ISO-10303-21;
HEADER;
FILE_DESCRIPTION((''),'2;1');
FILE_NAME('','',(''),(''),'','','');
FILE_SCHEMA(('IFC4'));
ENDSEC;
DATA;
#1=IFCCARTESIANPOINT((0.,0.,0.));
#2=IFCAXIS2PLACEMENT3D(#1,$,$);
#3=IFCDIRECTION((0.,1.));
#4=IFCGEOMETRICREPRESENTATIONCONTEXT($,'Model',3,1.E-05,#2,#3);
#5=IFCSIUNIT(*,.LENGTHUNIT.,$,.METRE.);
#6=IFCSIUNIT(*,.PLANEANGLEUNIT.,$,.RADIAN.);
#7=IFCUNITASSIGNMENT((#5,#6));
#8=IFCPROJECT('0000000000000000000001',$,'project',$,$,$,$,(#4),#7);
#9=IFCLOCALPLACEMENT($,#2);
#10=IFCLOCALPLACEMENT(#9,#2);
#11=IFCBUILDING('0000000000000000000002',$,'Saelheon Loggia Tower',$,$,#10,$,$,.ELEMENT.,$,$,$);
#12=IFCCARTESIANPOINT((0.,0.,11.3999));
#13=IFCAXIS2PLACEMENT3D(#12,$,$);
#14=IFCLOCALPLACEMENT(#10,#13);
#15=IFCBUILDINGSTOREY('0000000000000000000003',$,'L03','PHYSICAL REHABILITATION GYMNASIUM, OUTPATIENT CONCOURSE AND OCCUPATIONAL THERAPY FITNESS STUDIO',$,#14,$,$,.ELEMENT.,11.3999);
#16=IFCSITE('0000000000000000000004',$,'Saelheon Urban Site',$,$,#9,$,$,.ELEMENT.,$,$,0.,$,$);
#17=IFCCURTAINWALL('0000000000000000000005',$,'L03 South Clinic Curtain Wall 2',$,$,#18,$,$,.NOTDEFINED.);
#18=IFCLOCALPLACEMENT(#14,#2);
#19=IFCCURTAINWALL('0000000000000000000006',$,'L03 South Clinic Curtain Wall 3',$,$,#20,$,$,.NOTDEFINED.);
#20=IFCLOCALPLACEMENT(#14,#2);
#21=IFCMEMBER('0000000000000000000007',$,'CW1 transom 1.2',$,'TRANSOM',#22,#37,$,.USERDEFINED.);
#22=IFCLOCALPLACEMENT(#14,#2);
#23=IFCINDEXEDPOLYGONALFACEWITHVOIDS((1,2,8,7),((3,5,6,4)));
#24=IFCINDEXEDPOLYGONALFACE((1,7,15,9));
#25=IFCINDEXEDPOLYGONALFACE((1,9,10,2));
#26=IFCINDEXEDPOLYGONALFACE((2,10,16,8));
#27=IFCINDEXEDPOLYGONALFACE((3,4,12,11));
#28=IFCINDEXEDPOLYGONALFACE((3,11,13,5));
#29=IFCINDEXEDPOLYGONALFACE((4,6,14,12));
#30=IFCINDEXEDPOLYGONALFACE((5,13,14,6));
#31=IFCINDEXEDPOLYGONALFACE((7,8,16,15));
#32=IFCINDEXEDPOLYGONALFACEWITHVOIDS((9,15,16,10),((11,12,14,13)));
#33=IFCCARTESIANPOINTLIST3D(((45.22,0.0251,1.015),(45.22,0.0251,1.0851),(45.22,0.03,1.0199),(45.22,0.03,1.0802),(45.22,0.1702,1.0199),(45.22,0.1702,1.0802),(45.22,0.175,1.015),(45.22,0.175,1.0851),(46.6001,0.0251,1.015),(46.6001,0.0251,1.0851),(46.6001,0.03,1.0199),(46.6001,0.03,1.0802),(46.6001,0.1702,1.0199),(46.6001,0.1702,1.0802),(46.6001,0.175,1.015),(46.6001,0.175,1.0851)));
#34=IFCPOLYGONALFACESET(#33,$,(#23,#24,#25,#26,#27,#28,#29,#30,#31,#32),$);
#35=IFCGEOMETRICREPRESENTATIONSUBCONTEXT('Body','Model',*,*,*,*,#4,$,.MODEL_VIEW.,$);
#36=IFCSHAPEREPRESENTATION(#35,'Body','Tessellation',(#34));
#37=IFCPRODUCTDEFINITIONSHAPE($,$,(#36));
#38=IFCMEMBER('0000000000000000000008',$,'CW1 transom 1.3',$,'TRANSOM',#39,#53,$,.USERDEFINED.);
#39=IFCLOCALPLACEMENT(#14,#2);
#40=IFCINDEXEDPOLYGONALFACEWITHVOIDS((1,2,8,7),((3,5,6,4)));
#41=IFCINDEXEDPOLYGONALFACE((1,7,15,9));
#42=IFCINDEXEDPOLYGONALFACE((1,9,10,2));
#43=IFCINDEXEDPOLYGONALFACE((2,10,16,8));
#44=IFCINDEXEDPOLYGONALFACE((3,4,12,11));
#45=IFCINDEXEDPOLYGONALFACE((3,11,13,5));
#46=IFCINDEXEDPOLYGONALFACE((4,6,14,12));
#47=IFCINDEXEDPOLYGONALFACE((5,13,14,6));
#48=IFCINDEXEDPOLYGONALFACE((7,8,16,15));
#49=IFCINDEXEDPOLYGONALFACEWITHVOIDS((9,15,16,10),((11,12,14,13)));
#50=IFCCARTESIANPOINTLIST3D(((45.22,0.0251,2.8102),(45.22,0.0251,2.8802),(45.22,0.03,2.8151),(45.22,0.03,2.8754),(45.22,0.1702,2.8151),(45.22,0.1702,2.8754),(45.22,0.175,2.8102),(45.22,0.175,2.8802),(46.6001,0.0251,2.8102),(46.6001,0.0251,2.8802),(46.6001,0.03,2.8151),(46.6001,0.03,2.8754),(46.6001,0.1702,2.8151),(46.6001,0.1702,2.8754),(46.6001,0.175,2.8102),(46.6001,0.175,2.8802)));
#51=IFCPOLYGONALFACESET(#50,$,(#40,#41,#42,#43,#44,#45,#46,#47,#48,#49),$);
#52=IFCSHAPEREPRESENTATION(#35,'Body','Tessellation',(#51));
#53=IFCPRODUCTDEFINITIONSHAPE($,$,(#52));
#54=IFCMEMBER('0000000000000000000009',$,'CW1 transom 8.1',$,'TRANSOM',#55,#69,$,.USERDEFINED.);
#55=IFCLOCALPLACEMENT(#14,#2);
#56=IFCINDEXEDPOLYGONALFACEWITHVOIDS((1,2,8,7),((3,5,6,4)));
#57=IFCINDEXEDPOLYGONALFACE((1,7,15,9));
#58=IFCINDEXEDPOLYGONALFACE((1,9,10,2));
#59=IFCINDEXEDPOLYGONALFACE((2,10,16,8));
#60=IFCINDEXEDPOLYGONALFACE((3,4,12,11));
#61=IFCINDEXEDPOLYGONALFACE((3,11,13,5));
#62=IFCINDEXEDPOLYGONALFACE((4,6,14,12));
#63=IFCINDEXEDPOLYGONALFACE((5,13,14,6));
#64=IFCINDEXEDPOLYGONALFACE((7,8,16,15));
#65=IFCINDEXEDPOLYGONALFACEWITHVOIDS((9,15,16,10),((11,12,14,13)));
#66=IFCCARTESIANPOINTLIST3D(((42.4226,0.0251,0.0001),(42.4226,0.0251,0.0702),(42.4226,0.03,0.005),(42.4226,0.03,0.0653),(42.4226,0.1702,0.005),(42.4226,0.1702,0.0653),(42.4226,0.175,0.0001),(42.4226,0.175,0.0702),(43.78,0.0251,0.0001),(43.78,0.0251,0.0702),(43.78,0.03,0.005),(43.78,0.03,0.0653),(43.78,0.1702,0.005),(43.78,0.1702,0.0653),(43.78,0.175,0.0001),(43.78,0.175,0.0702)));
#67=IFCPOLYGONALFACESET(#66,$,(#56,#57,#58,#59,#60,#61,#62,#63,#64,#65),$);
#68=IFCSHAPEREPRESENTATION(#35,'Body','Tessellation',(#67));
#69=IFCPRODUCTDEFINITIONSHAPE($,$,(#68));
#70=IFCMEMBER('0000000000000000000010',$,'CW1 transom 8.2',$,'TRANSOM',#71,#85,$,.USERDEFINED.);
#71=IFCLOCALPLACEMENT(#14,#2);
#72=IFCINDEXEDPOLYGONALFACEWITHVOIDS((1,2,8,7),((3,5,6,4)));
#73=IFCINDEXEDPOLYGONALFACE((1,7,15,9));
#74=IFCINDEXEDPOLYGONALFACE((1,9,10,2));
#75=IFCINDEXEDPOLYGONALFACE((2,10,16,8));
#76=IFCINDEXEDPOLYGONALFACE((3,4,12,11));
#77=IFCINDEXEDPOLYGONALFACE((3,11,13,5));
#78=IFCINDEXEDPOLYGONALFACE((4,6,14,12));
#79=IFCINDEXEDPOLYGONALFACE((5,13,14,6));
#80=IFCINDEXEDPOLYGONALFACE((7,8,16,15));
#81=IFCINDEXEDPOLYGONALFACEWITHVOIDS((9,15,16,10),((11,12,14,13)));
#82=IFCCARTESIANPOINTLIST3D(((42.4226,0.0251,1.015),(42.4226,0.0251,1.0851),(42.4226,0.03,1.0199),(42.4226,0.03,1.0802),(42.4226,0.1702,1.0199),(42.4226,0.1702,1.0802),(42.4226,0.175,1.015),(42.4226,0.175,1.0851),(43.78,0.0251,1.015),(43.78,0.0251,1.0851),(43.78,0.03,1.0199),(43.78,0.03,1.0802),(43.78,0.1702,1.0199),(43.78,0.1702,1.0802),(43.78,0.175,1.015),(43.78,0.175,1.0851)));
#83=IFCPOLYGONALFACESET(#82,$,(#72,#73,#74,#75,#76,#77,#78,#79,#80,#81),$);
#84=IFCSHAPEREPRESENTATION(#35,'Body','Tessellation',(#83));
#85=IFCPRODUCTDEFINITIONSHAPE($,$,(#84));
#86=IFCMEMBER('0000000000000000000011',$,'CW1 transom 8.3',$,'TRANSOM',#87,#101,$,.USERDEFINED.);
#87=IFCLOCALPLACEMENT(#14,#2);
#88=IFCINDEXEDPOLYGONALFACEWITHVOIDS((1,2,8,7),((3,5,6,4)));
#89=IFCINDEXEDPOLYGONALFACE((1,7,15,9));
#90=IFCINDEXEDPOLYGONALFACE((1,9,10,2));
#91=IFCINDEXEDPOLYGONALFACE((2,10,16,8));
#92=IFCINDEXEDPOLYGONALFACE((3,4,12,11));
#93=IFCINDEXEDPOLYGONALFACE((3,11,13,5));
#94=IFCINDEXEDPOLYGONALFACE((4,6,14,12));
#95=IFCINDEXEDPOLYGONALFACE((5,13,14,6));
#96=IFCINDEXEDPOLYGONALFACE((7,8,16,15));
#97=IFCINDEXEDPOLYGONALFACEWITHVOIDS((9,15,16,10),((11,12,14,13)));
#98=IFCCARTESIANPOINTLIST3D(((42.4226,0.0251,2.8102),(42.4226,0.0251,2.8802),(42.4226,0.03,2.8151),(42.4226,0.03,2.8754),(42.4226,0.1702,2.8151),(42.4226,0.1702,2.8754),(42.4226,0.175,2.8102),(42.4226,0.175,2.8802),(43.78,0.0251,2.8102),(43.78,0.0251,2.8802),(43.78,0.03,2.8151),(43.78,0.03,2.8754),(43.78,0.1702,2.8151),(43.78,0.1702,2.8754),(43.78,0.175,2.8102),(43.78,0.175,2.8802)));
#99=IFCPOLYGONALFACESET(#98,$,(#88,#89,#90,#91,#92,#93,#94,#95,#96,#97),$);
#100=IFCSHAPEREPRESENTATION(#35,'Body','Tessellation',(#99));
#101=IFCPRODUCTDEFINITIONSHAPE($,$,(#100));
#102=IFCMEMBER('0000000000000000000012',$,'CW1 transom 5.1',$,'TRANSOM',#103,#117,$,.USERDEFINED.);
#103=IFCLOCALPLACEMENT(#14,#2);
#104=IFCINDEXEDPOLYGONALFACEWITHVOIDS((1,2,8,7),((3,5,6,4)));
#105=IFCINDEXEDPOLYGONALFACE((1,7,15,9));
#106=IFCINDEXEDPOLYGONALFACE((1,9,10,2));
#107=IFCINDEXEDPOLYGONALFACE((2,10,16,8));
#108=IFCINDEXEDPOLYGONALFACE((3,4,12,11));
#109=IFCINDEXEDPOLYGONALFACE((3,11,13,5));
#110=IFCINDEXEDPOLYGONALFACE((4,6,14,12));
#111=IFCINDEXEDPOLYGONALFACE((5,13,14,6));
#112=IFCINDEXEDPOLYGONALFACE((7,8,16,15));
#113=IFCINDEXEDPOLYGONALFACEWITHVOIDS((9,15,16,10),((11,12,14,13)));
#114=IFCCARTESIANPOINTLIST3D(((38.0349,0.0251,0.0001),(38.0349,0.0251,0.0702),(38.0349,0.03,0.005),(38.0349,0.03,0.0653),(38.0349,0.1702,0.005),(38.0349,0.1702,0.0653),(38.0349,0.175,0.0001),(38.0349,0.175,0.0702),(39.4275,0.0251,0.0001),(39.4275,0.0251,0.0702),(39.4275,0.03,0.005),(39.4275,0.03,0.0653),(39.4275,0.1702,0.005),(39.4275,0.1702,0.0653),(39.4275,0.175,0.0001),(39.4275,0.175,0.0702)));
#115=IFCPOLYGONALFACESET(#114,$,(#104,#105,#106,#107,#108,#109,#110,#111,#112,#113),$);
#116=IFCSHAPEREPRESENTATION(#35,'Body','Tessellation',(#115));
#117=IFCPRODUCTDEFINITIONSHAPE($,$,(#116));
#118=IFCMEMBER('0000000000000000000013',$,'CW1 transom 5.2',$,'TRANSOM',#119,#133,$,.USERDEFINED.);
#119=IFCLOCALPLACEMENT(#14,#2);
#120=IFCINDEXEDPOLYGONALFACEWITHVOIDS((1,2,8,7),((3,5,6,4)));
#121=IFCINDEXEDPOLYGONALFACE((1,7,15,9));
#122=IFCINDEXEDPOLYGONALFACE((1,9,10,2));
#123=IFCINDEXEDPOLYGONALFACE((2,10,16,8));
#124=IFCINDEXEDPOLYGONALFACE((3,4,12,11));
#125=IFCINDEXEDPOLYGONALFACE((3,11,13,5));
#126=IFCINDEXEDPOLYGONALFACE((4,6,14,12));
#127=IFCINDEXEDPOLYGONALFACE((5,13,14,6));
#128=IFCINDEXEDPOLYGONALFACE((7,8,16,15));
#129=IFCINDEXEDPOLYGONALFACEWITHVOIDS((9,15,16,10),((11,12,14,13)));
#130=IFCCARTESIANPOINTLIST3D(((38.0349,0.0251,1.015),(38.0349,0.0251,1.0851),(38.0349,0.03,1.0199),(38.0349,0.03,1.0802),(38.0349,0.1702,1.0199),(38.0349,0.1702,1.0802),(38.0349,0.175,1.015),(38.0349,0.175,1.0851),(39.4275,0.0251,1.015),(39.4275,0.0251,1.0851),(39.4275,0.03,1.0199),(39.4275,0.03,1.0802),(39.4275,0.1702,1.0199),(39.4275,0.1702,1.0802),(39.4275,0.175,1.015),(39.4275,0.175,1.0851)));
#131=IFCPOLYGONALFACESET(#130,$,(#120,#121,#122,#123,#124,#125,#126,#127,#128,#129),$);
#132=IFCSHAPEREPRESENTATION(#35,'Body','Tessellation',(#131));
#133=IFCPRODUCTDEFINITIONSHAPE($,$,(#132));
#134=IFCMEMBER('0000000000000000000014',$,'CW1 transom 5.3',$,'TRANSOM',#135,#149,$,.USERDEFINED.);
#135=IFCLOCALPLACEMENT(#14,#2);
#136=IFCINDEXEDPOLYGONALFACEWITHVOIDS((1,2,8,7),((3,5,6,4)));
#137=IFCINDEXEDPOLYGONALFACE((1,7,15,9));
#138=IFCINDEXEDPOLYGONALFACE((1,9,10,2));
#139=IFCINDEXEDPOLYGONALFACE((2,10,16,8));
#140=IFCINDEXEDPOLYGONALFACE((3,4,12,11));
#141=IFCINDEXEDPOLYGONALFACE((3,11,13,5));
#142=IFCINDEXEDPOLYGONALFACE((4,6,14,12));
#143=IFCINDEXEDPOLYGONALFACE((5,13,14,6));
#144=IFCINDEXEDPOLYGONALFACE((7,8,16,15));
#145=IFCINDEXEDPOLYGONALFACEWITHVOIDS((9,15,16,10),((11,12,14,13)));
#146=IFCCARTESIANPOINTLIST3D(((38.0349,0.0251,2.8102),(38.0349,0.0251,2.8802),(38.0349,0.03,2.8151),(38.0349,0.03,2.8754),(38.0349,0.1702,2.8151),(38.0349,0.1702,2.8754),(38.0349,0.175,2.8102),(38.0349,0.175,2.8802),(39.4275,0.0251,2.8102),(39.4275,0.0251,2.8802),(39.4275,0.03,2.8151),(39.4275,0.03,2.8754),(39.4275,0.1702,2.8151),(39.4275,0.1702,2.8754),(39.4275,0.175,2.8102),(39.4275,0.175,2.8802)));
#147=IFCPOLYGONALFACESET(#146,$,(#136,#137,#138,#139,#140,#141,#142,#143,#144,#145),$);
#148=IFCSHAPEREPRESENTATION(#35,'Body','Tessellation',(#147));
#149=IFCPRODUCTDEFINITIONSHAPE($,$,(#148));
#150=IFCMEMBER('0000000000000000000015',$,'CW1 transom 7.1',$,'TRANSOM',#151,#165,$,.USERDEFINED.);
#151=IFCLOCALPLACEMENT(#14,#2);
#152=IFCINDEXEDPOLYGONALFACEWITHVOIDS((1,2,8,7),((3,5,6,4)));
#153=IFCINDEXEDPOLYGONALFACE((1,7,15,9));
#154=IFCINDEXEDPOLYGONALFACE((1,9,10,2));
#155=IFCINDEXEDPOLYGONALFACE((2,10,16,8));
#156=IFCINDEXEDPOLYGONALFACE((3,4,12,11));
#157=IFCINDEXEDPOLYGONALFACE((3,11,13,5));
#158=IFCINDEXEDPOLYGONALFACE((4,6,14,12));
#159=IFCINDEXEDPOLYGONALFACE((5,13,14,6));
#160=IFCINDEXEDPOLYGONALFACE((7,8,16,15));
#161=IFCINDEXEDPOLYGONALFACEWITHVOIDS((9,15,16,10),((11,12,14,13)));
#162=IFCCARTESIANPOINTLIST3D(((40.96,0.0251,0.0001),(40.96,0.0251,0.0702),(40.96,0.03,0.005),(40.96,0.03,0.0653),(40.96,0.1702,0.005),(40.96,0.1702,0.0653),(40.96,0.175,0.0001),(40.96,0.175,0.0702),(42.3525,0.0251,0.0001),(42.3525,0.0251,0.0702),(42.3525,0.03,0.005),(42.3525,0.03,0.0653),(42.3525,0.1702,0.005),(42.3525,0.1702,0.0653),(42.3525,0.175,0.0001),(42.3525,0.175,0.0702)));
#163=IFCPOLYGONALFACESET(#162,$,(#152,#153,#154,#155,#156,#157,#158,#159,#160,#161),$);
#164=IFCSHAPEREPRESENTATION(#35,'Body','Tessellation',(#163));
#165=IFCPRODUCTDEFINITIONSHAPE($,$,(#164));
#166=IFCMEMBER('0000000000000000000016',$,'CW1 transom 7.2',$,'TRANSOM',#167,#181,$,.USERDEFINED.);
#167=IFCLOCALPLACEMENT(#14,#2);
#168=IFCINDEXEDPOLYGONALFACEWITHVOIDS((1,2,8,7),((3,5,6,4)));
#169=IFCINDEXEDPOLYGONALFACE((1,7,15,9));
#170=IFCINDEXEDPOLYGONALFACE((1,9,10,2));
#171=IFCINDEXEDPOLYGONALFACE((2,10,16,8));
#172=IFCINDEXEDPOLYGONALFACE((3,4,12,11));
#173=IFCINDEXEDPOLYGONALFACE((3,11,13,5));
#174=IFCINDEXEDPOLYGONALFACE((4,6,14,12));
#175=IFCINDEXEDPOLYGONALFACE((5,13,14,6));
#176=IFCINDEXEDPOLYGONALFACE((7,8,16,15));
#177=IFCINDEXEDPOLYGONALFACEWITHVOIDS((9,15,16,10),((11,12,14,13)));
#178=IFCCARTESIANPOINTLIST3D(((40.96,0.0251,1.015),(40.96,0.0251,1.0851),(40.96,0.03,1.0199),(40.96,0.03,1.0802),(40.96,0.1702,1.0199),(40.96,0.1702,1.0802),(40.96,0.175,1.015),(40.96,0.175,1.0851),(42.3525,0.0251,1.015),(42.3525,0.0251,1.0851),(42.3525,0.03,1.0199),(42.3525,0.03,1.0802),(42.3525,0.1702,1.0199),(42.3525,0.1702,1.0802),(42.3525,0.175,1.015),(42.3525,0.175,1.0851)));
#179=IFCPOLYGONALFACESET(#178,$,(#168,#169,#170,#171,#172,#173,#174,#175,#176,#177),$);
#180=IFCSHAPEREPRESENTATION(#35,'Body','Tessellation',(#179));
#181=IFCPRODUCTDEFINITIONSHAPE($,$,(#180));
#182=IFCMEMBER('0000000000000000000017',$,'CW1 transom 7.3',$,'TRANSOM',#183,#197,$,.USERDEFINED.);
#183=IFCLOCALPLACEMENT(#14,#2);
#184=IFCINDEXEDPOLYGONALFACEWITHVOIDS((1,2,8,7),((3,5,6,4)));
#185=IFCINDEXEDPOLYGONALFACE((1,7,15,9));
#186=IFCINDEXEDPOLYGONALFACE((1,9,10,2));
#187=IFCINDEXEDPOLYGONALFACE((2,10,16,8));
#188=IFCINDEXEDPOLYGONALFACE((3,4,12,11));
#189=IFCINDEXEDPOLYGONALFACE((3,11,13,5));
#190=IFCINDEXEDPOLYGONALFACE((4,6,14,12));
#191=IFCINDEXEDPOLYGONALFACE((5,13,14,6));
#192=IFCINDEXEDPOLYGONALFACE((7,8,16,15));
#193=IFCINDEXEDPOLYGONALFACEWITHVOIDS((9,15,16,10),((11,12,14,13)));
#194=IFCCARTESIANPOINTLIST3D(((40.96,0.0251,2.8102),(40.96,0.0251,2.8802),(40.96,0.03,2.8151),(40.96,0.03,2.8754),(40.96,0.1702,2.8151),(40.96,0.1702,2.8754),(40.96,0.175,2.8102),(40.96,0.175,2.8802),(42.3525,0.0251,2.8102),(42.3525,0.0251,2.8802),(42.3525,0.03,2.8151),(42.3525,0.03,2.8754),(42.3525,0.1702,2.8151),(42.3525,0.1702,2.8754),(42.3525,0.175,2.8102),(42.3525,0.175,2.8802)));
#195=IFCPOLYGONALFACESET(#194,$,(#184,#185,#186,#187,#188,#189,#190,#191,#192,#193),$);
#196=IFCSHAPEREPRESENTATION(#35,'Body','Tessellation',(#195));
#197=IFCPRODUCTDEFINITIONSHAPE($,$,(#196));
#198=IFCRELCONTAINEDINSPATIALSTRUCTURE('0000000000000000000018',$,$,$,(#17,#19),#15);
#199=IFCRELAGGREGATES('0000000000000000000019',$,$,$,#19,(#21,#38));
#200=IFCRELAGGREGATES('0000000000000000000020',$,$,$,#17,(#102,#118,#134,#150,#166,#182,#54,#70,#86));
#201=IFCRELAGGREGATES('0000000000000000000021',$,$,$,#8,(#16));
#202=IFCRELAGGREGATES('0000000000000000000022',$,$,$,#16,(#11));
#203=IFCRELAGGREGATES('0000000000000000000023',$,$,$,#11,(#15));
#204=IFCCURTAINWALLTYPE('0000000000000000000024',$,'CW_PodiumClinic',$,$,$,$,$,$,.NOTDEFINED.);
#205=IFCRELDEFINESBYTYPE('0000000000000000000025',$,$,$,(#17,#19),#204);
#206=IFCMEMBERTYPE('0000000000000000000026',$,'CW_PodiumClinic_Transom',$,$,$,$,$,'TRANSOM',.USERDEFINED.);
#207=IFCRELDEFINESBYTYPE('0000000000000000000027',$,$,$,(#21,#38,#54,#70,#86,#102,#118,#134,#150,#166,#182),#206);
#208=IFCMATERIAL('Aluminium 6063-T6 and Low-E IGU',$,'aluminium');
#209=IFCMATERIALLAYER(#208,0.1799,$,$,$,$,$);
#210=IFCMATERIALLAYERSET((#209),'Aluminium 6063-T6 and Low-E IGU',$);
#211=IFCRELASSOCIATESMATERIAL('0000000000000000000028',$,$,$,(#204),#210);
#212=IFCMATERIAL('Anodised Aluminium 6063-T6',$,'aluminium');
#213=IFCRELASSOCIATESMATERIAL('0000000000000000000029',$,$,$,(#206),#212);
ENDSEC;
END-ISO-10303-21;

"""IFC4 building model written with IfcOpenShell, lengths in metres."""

from ifc_helpers import new_model, si_unit, direction, frame, origin, origin_2d, place, context, subcontext, project, spatial, hollow_rectangle, extrude, source, transform, mapped, material, layer, layer_set, material_profile, profile_set, type_object, element, aggregate, save


model = new_model("IFC4")

# Units and contexts
model_context = context("Model", 3, precision=1e-05, world=origin(), true_north=direction((0.0, 1.0)))
body_context = subcontext(model_context, "Body", "Model", "MODEL_VIEW")
ifc_project = project(units=[si_unit("LENGTHUNIT", "METRE"), si_unit("PLANEANGLEUNIT", "RADIAN")], contexts=[model_context])

# Site, building, storey
site_placement = place(None, origin())
site = spatial("IfcSite", under=ifc_project, at=site_placement, Name="Saelheon Urban Site", CompositionType="ELEMENT", RefElevation=0.0)
building_placement = place(site_placement, origin())
building = spatial("IfcBuilding", under=site, at=building_placement, Name="Saelheon Loggia Tower", CompositionType="ELEMENT")
storey_placement = place(building_placement, frame((0.0, 0.0, 11.3999)))
storey = spatial("IfcBuildingStorey", under=building, at=storey_placement, Name="L03", Description="PHYSICAL REHABILITATION GYMNASIUM, OUTPATIENT CONCOURSE AND OCCUPATIONAL THERAPY FITNESS STUDIO", CompositionType="ELEMENT", Elevation=11.3999)

# Curtain walls, members
ifc_material_1 = material(Name="Aluminium 6063-T6 and Low-E IGU", Category="aluminium")
ifc_layer_1 = layer(ifc_material_1, 0.1799)
ifc_layer_set_1 = layer_set([ifc_layer_1], Name="Aluminium 6063-T6 and Low-E IGU")
curtain_wall_type = type_object("IfcCurtainWallType", Name="CW_PodiumClinic", PredefinedType="NOTDEFINED", material=ifc_layer_set_1)
curtain_wall_1_placement = place(storey_placement, origin())
curtain_wall_1 = element("IfcCurtainWall", 1, at=curtain_wall_1_placement, inside=storey, type_object=curtain_wall_type, Name="L03 South Clinic Curtain Wall 2", PredefinedType="NOTDEFINED")
ifc_material_2 = material(Name="Anodised Aluminium 6063-T6", Category="aluminium")
curtain_wall_2_placement = place(storey_placement, origin())
curtain_wall_2 = element("IfcCurtainWall", 2, at=curtain_wall_2_placement, inside=storey, type_object=curtain_wall_type, Name="L03 South Clinic Curtain Wall 3", PredefinedType="NOTDEFINED")
ifc_material_profile_1 = material_profile(ifc_material_2, hollow_rectangle(XDim=0.0701, YDim=0.1499, WallThickness=0.0049, at=origin_2d()), Name="RHS-150x70x5")
ifc_profile_set_1 = profile_set([ifc_material_profile_1], Name="Anodised Aluminium 6063-T6")
member_type_1 = type_object("IfcMemberType", Name="CW_PodiumClinic_Transom", ElementType="TRANSOM", PredefinedType="USERDEFINED", material=ifc_profile_set_1)
shared_shape_1 = source(origin(), body_context, "Body", "SweptSolid", [
    extrude(hollow_rectangle(XDim=0.0701, YDim=0.1499, WallThickness=0.0049, at=origin_2d()), origin(), (0.0, 0.0, 1.0), 1.3801),
])
member_1_placement = place(storey_placement, frame((45.22, 0.1001, 1.05), z_axis=(1.0, 0.0, 0.0), x_axis=(0.0, 0.0, 1.0)))
member_1 = element("IfcMember", 3, at=member_1_placement, type_object=member_type_1, Name="CW1 transom 1.2", ObjectType="TRANSOM", PredefinedType="USERDEFINED", context=body_context, shape_type="MappedRepresentation", body=[
    mapped(shared_shape_1, transform((0.0, 0.0, 0.0), scale=1.0)),
])
member_2_placement = place(storey_placement, frame((45.22, 0.1001, 2.8452), z_axis=(1.0, 0.0, 0.0), x_axis=(0.0, 0.0, 1.0)))
member_2 = element("IfcMember", 4, at=member_2_placement, type_object=member_type_1, Name="CW1 transom 1.3", ObjectType="TRANSOM", PredefinedType="USERDEFINED", context=body_context, shape_type="MappedRepresentation", body=[
    mapped(shared_shape_1, transform((0.0, 0.0, 0.0), scale=1.0)),
])

# Members
shared_shape_2 = source(origin(), body_context, "Body", "SweptSolid", [
    extrude(hollow_rectangle(XDim=0.0701, YDim=0.1499, WallThickness=0.0049, at=origin_2d()), origin(), (0.0, 0.0, 1.0), 1.3574),
])
member_3_placement = place(storey_placement, frame((42.4226, 0.1001, 0.0352), z_axis=(1.0, 0.0, 0.0), x_axis=(0.0, 0.0, 1.0)))
member_3 = element("IfcMember", 5, at=member_3_placement, type_object=member_type_1, Name="CW1 transom 8.1", ObjectType="TRANSOM", PredefinedType="USERDEFINED", context=body_context, shape_type="MappedRepresentation", body=[
    mapped(shared_shape_2, transform((0.0, 0.0, 0.0), scale=1.0)),
])
member_4_placement = place(storey_placement, frame((42.4226, 0.1001, 1.05), z_axis=(1.0, 0.0, 0.0), x_axis=(0.0, 0.0, 1.0)))
member_4 = element("IfcMember", 6, at=member_4_placement, type_object=member_type_1, Name="CW1 transom 8.2", ObjectType="TRANSOM", PredefinedType="USERDEFINED", context=body_context, shape_type="MappedRepresentation", body=[
    mapped(shared_shape_2, transform((0.0, 0.0, 0.0), scale=1.0)),
])
member_5_placement = place(storey_placement, frame((42.4226, 0.1001, 2.8452), z_axis=(1.0, 0.0, 0.0), x_axis=(0.0, 0.0, 1.0)))
member_5 = element("IfcMember", 7, at=member_5_placement, type_object=member_type_1, Name="CW1 transom 8.3", ObjectType="TRANSOM", PredefinedType="USERDEFINED", context=body_context, shape_type="MappedRepresentation", body=[
    mapped(shared_shape_2, transform((0.0, 0.0, 0.0), scale=1.0)),
])
shared_shape_3 = source(origin(), body_context, "Body", "SweptSolid", [
    extrude(hollow_rectangle(XDim=0.0701, YDim=0.1499, WallThickness=0.0049, at=origin_2d()), origin(), (0.0, 0.0, 1.0), 1.3926),
])
member_6_placement = place(storey_placement, frame((38.0349, 0.1001, 0.0352), z_axis=(1.0, 0.0, 0.0), x_axis=(0.0, 0.0, 1.0)))
member_6 = element("IfcMember", 8, at=member_6_placement, type_object=member_type_1, Name="CW1 transom 5.1", ObjectType="TRANSOM", PredefinedType="USERDEFINED", context=body_context, shape_type="MappedRepresentation", body=[
    mapped(shared_shape_3, transform((0.0, 0.0, 0.0), scale=1.0)),
])
member_7_placement = place(storey_placement, frame((38.0349, 0.1001, 1.05), z_axis=(1.0, 0.0, 0.0), x_axis=(0.0, 0.0, 1.0)))
member_7 = element("IfcMember", 9, at=member_7_placement, type_object=member_type_1, Name="CW1 transom 5.2", ObjectType="TRANSOM", PredefinedType="USERDEFINED", context=body_context, shape_type="MappedRepresentation", body=[
    mapped(shared_shape_3, transform((0.0, 0.0, 0.0), scale=1.0)),
])
member_8_placement = place(storey_placement, frame((38.0349, 0.1001, 2.8452), z_axis=(1.0, 0.0, 0.0), x_axis=(0.0, 0.0, 1.0)))
member_8 = element("IfcMember", 10, at=member_8_placement, type_object=member_type_1, Name="CW1 transom 5.3", ObjectType="TRANSOM", PredefinedType="USERDEFINED", context=body_context, shape_type="MappedRepresentation", body=[
    mapped(shared_shape_3, transform((0.0, 0.0, 0.0), scale=1.0)),
])
member_9_placement = place(storey_placement, frame((40.96, 0.1001, 0.0352), z_axis=(1.0, 0.0, 0.0), x_axis=(0.0, 0.0, 1.0)))
member_9 = element("IfcMember", 11, at=member_9_placement, type_object=member_type_1, Name="CW1 transom 7.1", ObjectType="TRANSOM", PredefinedType="USERDEFINED", context=body_context, shape_type="MappedRepresentation", body=[
    mapped(shared_shape_3, transform((0.0, 0.0, 0.0), scale=1.0)),
])
member_10_placement = place(storey_placement, frame((40.96, 0.1001, 1.05), z_axis=(1.0, 0.0, 0.0), x_axis=(0.0, 0.0, 1.0)))
member_10 = element("IfcMember", 12, at=member_10_placement, type_object=member_type_1, Name="CW1 transom 7.2", ObjectType="TRANSOM", PredefinedType="USERDEFINED", context=body_context, shape_type="MappedRepresentation", body=[
    mapped(shared_shape_3, transform((0.0, 0.0, 0.0), scale=1.0)),
])
member_11_placement = place(storey_placement, frame((40.96, 0.1001, 2.8452), z_axis=(1.0, 0.0, 0.0), x_axis=(0.0, 0.0, 1.0)))
member_11 = element("IfcMember", 13, at=member_11_placement, type_object=member_type_1, Name="CW1 transom 7.3", ObjectType="TRANSOM", PredefinedType="USERDEFINED", context=body_context, shape_type="MappedRepresentation", body=[
    mapped(shared_shape_3, transform((0.0, 0.0, 0.0), scale=1.0)),
])

aggregate(curtain_wall_2, [member_1, member_2])
aggregate(curtain_wall_1, [member_6, member_7, member_8, member_9, member_10, member_11, member_3, member_4, member_5])

save(model, "model.ifc")
